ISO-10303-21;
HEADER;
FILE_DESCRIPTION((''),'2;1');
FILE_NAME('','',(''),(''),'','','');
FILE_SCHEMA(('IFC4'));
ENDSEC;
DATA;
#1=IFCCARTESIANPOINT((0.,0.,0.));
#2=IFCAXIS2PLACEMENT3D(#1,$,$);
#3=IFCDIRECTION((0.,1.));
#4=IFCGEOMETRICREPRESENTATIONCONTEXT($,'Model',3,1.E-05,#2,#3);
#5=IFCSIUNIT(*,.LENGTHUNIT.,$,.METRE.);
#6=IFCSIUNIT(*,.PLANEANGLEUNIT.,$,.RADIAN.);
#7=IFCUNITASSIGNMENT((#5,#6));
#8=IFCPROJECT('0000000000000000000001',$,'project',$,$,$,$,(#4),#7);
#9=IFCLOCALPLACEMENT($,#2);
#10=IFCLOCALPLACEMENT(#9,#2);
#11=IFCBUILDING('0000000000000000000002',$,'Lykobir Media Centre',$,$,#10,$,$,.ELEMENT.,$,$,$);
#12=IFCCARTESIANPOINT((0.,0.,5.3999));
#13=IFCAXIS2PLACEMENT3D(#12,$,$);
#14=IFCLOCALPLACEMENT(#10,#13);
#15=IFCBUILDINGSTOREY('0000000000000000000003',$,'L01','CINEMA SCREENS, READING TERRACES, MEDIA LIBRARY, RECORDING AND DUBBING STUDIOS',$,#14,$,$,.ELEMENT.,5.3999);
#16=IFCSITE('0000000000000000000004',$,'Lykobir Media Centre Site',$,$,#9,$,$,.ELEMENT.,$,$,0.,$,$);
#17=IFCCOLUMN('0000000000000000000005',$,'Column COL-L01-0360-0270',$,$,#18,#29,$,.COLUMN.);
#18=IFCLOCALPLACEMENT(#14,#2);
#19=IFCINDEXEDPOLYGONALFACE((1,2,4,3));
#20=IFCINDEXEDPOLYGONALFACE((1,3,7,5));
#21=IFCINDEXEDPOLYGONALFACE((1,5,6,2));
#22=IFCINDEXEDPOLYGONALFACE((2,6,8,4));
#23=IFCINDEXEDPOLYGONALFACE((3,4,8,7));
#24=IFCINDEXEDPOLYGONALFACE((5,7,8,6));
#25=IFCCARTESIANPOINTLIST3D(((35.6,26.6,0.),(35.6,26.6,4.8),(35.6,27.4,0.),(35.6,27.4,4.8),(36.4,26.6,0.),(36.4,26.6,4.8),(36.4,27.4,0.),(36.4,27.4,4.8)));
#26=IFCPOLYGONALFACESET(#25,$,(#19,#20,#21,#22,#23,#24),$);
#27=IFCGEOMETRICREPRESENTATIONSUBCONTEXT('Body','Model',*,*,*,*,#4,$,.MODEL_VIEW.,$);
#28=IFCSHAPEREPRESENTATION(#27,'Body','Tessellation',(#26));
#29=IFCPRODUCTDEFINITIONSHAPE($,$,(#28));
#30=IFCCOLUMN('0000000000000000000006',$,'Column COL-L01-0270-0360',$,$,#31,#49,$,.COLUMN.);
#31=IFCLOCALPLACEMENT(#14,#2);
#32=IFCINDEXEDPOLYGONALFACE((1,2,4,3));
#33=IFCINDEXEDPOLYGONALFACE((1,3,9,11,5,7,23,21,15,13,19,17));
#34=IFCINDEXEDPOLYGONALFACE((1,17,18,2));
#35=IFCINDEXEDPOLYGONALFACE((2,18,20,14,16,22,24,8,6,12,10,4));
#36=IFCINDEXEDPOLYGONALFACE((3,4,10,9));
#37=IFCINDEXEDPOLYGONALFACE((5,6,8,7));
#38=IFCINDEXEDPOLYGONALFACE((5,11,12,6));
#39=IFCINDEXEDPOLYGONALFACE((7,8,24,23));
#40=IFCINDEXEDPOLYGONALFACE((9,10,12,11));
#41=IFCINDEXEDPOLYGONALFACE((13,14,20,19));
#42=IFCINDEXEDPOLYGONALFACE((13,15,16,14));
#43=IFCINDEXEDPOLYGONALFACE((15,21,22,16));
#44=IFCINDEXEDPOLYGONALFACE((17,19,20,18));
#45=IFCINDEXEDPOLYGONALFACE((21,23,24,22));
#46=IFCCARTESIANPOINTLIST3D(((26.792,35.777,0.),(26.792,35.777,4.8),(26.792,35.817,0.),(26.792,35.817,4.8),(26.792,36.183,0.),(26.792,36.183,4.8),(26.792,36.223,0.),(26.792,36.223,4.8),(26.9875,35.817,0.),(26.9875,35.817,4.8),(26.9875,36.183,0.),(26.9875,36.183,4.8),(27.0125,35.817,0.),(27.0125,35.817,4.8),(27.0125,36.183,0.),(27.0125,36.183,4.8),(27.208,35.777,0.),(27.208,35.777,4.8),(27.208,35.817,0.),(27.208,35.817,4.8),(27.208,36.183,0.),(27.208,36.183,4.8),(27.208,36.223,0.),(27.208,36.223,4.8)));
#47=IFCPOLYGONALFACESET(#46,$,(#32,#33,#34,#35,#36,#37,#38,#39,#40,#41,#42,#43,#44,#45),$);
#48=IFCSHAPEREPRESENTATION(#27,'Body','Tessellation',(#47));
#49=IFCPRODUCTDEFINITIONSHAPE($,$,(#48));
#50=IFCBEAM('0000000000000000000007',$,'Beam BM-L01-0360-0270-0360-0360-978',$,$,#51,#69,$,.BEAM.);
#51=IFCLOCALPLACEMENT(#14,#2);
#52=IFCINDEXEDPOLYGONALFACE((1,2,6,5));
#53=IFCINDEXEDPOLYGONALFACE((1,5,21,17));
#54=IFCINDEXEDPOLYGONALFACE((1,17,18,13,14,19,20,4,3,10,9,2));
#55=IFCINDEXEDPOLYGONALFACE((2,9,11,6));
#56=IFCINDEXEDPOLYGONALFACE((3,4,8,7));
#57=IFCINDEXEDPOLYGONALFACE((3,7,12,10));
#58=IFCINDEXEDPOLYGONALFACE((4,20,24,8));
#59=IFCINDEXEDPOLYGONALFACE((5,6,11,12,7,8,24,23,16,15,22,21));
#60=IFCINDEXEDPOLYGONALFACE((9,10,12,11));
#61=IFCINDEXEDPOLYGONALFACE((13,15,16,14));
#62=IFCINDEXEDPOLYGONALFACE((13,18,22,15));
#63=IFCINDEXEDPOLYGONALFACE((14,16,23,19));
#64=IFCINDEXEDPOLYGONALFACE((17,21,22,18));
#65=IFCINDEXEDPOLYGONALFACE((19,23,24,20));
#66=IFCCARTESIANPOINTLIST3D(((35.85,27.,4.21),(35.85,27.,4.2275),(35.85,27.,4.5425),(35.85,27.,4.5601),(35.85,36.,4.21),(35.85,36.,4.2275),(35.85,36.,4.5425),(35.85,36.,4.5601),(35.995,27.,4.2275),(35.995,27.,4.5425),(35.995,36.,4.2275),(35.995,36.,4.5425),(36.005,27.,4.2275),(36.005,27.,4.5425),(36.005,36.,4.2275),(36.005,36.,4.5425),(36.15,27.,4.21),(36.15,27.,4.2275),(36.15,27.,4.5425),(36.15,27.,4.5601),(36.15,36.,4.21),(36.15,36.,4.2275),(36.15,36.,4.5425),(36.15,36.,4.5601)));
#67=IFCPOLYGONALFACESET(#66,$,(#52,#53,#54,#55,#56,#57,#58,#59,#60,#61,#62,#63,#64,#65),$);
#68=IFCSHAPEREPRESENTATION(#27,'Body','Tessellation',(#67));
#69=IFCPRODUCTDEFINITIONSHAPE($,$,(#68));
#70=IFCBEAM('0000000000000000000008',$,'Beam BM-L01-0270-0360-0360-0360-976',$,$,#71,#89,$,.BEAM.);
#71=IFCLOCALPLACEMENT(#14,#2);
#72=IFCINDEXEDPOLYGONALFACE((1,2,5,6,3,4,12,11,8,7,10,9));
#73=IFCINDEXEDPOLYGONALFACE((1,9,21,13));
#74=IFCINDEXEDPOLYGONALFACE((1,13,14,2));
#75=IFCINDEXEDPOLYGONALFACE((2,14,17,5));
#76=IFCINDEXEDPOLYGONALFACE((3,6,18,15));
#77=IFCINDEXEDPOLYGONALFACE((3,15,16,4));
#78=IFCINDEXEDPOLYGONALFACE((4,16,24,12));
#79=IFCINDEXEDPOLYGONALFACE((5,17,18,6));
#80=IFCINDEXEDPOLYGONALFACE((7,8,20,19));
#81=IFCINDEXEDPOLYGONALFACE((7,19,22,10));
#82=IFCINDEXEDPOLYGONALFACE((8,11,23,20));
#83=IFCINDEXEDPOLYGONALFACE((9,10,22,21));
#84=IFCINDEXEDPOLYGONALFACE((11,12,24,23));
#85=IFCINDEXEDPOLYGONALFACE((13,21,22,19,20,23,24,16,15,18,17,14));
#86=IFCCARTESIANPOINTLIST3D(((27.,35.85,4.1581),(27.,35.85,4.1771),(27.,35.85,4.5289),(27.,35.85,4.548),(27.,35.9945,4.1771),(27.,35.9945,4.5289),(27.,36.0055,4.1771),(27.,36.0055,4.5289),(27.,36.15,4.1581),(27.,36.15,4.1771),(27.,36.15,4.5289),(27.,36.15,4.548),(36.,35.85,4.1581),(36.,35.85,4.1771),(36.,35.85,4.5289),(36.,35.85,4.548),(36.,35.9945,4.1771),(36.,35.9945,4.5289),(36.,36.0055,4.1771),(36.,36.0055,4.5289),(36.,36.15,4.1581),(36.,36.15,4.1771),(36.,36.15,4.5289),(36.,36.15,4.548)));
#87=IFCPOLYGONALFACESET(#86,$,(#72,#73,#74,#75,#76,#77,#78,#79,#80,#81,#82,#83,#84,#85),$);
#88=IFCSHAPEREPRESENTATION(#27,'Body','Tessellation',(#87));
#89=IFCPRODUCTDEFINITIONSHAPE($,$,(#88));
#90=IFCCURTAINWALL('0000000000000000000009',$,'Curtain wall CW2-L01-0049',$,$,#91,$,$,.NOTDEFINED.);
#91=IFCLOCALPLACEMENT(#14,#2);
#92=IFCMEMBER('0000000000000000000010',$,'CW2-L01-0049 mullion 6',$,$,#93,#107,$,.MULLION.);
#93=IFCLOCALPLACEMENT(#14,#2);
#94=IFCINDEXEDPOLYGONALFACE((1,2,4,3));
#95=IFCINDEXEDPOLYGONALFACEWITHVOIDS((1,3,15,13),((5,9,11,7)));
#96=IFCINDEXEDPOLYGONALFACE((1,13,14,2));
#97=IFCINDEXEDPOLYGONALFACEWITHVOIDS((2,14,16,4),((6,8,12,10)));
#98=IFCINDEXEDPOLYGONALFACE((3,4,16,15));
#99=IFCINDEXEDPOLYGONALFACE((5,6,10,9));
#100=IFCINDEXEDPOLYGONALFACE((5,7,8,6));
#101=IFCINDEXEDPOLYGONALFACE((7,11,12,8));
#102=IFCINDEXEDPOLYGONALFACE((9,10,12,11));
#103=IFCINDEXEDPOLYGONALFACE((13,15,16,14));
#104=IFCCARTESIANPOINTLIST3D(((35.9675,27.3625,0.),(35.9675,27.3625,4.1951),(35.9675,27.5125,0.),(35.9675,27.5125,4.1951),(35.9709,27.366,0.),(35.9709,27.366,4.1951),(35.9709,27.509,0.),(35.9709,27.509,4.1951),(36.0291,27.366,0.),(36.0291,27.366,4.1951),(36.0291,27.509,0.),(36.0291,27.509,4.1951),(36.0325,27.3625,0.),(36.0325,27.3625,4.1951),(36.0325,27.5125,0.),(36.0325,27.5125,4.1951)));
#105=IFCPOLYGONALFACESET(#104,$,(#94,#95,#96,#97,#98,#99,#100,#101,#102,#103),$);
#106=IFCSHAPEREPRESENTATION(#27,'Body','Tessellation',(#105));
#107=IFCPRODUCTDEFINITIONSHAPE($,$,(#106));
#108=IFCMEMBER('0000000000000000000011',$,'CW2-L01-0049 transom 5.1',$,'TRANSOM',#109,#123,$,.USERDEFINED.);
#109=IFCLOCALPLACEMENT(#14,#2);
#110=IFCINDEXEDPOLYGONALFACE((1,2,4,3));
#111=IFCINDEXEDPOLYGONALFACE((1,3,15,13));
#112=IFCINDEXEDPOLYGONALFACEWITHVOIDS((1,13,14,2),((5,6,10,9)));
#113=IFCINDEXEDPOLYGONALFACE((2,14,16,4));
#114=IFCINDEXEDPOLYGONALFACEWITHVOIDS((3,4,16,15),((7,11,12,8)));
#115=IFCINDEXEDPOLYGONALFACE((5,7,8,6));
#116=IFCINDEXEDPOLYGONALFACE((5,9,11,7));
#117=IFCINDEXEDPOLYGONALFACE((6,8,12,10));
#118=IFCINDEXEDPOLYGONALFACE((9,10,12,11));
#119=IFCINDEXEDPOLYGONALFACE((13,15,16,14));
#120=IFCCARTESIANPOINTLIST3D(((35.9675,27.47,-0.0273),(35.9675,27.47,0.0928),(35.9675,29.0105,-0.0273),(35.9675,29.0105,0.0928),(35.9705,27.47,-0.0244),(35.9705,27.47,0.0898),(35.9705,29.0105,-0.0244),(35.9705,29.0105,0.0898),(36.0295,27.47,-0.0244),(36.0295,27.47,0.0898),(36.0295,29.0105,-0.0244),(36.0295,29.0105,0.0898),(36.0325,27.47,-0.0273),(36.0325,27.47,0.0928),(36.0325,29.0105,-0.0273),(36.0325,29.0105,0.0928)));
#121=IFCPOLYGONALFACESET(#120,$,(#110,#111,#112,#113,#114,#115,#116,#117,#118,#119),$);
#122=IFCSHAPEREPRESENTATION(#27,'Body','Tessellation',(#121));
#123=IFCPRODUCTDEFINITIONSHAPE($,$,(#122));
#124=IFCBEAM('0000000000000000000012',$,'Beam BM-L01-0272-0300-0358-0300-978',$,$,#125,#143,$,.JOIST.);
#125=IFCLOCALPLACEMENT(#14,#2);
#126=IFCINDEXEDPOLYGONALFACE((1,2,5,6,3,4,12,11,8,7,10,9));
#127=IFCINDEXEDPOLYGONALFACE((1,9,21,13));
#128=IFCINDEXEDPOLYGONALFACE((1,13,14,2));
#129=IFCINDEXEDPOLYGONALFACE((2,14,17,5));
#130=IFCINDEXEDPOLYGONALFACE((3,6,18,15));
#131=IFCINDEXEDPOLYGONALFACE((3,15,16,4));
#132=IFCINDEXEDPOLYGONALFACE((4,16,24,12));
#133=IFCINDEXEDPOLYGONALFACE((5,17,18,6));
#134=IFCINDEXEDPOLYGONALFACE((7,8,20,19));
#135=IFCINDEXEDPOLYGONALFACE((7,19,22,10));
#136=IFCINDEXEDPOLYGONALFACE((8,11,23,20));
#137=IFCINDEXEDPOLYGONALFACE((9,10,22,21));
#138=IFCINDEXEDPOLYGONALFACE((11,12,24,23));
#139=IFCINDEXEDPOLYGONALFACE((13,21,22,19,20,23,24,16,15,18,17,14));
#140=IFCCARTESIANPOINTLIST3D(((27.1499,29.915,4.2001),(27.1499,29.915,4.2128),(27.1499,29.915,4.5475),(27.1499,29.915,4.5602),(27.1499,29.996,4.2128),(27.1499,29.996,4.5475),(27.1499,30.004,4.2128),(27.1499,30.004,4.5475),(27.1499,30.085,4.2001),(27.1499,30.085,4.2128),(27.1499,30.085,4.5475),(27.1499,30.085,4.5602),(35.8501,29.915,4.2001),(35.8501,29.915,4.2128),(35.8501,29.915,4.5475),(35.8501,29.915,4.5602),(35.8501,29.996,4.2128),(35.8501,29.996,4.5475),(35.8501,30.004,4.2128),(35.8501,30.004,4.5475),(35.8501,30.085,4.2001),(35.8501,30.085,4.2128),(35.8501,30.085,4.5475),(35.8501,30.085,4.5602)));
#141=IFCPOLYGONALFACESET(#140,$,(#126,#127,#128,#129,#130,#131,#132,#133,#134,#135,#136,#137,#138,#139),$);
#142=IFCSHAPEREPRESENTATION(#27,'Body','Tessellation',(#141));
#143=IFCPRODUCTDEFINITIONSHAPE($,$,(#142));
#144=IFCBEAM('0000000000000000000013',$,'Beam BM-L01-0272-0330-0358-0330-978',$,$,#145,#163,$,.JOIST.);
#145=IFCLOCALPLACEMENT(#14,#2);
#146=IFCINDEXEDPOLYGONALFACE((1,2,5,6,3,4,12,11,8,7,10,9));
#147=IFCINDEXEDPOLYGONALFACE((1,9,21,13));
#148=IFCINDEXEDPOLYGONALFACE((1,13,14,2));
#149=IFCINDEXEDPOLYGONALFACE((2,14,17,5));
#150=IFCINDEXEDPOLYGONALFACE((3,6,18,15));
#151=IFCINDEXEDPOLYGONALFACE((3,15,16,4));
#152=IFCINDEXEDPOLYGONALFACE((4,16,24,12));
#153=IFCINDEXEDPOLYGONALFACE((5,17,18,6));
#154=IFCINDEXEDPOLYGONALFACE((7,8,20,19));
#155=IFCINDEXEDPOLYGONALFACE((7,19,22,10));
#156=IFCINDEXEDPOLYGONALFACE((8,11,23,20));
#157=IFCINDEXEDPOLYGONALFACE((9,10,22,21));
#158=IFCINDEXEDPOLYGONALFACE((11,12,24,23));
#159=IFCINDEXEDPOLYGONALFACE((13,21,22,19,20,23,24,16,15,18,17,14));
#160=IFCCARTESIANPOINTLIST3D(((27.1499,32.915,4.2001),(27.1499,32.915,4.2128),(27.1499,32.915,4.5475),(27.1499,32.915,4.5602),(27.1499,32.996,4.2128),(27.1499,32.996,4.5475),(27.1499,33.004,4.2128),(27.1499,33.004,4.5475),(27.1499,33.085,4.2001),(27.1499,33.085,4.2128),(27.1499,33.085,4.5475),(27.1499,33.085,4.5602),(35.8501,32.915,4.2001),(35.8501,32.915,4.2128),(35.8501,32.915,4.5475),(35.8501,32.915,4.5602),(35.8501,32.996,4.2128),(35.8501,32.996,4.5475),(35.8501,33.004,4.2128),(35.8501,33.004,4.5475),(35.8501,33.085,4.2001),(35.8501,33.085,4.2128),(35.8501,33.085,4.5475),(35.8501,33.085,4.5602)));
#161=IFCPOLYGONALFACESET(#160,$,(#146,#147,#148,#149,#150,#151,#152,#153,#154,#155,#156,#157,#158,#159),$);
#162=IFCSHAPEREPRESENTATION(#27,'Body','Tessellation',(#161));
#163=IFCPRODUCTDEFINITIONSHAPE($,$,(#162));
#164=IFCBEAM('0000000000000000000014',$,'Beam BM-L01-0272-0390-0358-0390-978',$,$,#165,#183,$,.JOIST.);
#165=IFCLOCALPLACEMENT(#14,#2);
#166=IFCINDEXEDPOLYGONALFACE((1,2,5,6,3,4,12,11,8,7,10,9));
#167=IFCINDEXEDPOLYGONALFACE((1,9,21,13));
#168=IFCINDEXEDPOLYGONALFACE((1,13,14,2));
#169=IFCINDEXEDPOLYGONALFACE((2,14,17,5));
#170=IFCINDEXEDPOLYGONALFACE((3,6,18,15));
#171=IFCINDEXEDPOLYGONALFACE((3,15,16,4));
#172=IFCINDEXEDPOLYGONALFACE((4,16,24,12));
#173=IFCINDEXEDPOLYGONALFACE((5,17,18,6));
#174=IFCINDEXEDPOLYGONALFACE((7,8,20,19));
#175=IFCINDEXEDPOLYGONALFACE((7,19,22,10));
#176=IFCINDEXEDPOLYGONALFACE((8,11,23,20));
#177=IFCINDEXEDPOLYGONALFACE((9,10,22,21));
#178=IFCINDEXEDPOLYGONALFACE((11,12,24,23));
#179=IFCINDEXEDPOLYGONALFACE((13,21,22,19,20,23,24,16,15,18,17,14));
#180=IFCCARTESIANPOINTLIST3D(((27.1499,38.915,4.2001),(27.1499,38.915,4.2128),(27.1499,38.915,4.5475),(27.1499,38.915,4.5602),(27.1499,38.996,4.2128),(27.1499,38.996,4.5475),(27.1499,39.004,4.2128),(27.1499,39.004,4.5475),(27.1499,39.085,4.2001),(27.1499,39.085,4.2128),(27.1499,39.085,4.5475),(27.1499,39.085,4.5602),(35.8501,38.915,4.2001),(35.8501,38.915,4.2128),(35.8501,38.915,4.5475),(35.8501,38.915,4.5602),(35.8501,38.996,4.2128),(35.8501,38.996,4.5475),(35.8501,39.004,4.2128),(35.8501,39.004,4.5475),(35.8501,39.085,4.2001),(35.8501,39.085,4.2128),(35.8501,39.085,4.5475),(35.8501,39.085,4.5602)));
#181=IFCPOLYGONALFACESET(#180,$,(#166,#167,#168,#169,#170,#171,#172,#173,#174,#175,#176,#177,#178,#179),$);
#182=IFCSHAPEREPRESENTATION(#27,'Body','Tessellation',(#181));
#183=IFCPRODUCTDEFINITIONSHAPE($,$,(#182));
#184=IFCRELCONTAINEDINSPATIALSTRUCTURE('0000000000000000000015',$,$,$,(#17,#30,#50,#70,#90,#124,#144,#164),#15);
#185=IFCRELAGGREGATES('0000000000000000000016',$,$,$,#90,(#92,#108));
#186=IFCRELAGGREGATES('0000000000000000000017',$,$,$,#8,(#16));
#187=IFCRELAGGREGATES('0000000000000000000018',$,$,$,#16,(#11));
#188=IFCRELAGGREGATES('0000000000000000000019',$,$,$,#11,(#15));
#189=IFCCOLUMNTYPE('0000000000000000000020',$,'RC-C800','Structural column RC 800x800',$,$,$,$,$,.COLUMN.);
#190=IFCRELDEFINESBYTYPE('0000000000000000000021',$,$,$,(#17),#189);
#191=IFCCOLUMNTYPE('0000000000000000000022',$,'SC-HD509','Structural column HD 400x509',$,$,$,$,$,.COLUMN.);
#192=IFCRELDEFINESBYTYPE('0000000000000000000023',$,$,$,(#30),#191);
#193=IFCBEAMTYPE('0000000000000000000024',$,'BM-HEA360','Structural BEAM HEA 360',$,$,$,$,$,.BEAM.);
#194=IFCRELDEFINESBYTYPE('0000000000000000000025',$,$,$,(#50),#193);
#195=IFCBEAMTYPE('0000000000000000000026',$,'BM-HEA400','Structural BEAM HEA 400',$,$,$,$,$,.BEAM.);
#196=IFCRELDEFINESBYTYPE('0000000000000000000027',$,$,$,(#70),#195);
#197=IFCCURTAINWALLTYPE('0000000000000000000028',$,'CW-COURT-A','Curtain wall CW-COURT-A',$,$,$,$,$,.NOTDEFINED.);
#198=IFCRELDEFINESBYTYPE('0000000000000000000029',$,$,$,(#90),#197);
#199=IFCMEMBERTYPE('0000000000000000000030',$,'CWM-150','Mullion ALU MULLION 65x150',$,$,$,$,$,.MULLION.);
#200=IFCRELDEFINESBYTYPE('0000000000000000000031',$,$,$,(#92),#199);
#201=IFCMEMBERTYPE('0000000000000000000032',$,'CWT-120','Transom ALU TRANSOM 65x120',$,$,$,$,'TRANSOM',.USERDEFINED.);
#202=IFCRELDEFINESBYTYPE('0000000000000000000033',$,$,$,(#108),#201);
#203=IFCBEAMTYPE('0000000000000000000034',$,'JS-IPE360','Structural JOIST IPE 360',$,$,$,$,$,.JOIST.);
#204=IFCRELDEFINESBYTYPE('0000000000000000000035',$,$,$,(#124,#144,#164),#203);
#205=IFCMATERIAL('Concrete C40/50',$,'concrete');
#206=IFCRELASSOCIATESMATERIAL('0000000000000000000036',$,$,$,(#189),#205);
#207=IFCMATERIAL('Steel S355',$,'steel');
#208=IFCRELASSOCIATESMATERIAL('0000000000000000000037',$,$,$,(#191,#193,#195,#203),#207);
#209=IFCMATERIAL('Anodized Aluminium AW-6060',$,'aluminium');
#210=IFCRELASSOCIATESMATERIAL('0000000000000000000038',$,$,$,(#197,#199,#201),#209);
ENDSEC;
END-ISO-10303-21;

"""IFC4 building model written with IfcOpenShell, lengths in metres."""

from ifc_helpers import new_model, si_unit, direction, frame, origin, origin_2d, place, context, subcontext, project, spatial, rectangle, hollow_rectangle, i_section, extrude, material, material_profile, profile_set, type_object, element, aggregate, save


model = new_model("IFC4")

# Units and contexts
model_context = context("Model", 3, precision=1e-05, world=origin(), true_north=direction((0.0, 1.0)))
body_context = subcontext(model_context, "Body", "Model", "MODEL_VIEW")
ifc_project = project(units=[si_unit("LENGTHUNIT", "METRE"), si_unit("PLANEANGLEUNIT", "RADIAN")], contexts=[model_context])

# Site, building, storey
site_placement = place(None, origin())
site = spatial("IfcSite", under=ifc_project, at=site_placement, Name="Lykobir Media Centre Site", CompositionType="ELEMENT", RefElevation=0.0)
building_placement = place(site_placement, origin())
building = spatial("IfcBuilding", under=site, at=building_placement, Name="Lykobir Media Centre", CompositionType="ELEMENT")
storey_placement = place(building_placement, frame((0.0, 0.0, 5.3999)))
storey = spatial("IfcBuildingStorey", under=building, at=storey_placement, Name="L01", Description="CINEMA SCREENS, READING TERRACES, MEDIA LIBRARY, RECORDING AND DUBBING STUDIOS", CompositionType="ELEMENT", Elevation=5.3999)

# Columns
ifc_material_1 = material(Name="Concrete C40/50", Category="concrete")
ifc_material_profile_1 = material_profile(ifc_material_1, rectangle(XDim=0.8, YDim=0.8, at=origin_2d()), Name="RC 800x800")
ifc_profile_set_1 = profile_set([ifc_material_profile_1], Name="Concrete C40/50")
column_type_1 = type_object("IfcColumnType", Name="RC-C800", Description="Structural column RC 800x800", PredefinedType="COLUMN", material=ifc_profile_set_1)
column_1_placement = place(storey_placement, frame((36.0, 27.0, 0.0), z_axis=(0.0, 0.0, 1.0), x_axis=(1.0, 0.0, 0.0)))
element("IfcColumn", 1, at=column_1_placement, inside=storey, type_object=column_type_1, Name="Column COL-L01-0360-0270", PredefinedType="COLUMN", context=body_context, shape_type="SweptSolid", body=[
    extrude(rectangle(XDim=0.8, YDim=0.8, at=origin_2d()), origin(), (0.0, 0.0, 1.0), 4.8),
])
ifc_material_2 = material(Name="Steel S355", Category="steel")
ifc_material_profile_2 = material_profile(ifc_material_2, i_section(OverallWidth=0.416, OverallDepth=0.446, WebThickness=0.0249, FlangeThickness=0.04, at=origin_2d()), Name="HD 400x509")
ifc_profile_set_2 = profile_set([ifc_material_profile_2], Name="Steel S355")
column_type_2 = type_object("IfcColumnType", Name="SC-HD509", Description="Structural column HD 400x509", PredefinedType="COLUMN", material=ifc_profile_set_2)
column_2_placement = place(storey_placement, frame((27.0, 36.0, 0.0), z_axis=(0.0, 0.0, 1.0), x_axis=(1.0, 0.0, 0.0)))
element("IfcColumn", 2, at=column_2_placement, inside=storey, type_object=column_type_2, Name="Column COL-L01-0270-0360", PredefinedType="COLUMN", context=body_context, shape_type="SweptSolid", body=[
    extrude(i_section(OverallWidth=0.416, OverallDepth=0.446, WebThickness=0.0249, FlangeThickness=0.04, at=origin_2d()), origin(), (0.0, 0.0, 1.0), 4.8),
])

# Beams
ifc_material_profile_3 = material_profile(ifc_material_2, i_section(OverallWidth=0.3, OverallDepth=0.3501, WebThickness=0.01, FlangeThickness=0.0176, at=origin_2d()), Name="HEA 360")
ifc_profile_set_3 = profile_set([ifc_material_profile_3], Name="Steel S355")
beam_type_1 = type_object("IfcBeamType", Name="BM-HEA360", Description="Structural BEAM HEA 360", PredefinedType="BEAM", material=ifc_profile_set_3)
beam_1_placement = place(storey_placement, frame((36.0, 27.0, 4.385), z_axis=(0.0, 1.0, 0.0), x_axis=(-1.0, 0.0, 0.0)))
element("IfcBeam", 3, at=beam_1_placement, inside=storey, type_object=beam_type_1, Name="Beam BM-L01-0360-0270-0360-0360-978", PredefinedType="BEAM", context=body_context, shape_type="SweptSolid", body=[
    extrude(i_section(OverallWidth=0.3, OverallDepth=0.3501, WebThickness=0.01, FlangeThickness=0.0176, at=origin_2d()), origin(), (0.0, 0.0, 1.0), 9.0),
])
ifc_material_profile_4 = material_profile(ifc_material_2, i_section(OverallWidth=0.3, OverallDepth=0.3899, WebThickness=0.011, FlangeThickness=0.019, at=origin_2d()), Name="HEA 400")
ifc_profile_set_4 = profile_set([ifc_material_profile_4], Name="Steel S355")
beam_type_2 = type_object("IfcBeamType", Name="BM-HEA400", Description="Structural BEAM HEA 400", PredefinedType="BEAM", material=ifc_profile_set_4)
beam_2_placement = place(storey_placement, frame((27.0, 36.0, 4.353), z_axis=(1.0, 0.0, 0.0), x_axis=(0.0, 1.0, 0.0)))
element("IfcBeam", 4, at=beam_2_placement, inside=storey, type_object=beam_type_2, Name="Beam BM-L01-0270-0360-0360-0360-976", PredefinedType="BEAM", context=body_context, shape_type="SweptSolid", body=[
    extrude(i_section(OverallWidth=0.3, OverallDepth=0.3899, WebThickness=0.011, FlangeThickness=0.019, at=origin_2d()), origin(), (0.0, 0.0, 1.0), 9.0),
])

# Curtain wall, members
ifc_material_3 = material(Name="Anodized Aluminium AW-6060", Category="aluminium")
curtain_wall_type = type_object("IfcCurtainWallType", Name="CW-COURT-A", Description="Curtain wall CW-COURT-A", PredefinedType="NOTDEFINED", material=ifc_material_3)
curtain_wall_placement = place(storey_placement, origin())
curtain_wall = element("IfcCurtainWall", 5, at=curtain_wall_placement, inside=storey, type_object=curtain_wall_type, Name="Curtain wall CW2-L01-0049", PredefinedType="NOTDEFINED")
ifc_material_profile_5 = material_profile(ifc_material_3, hollow_rectangle(XDim=0.0649, YDim=0.1499, WallThickness=0.0034, at=origin_2d()), Name="ALU MULLION 65x150")
ifc_profile_set_5 = profile_set([ifc_material_profile_5], Name="Anodized Aluminium AW-6060")
member_type_1 = type_object("IfcMemberType", Name="CWM-150", Description="Mullion ALU MULLION 65x150", PredefinedType="MULLION", material=ifc_profile_set_5)
member_1_placement = place(storey_placement, frame((36.0, 27.4375, 0.0), z_axis=(0.0, 0.0, 1.0), x_axis=(1.0, 0.0, 0.0)))
member_1 = element("IfcMember", 6, at=member_1_placement, type_object=member_type_1, Name="CW2-L01-0049 mullion 6", PredefinedType="MULLION", context=body_context, shape_type="SweptSolid", body=[
    extrude(hollow_rectangle(XDim=0.0649, YDim=0.1499, WallThickness=0.0034, at=origin_2d()), origin(), (0.0, 0.0, 1.0), 4.1951),
])
ifc_material_profile_6 = material_profile(ifc_material_3, hollow_rectangle(XDim=0.0649, YDim=0.1201, WallThickness=0.0029, at=origin_2d()), Name="ALU TRANSOM 65x120")
ifc_profile_set_6 = profile_set([ifc_material_profile_6], Name="Anodized Aluminium AW-6060")
member_type_2 = type_object("IfcMemberType", Name="CWT-120", Description="Transom ALU TRANSOM 65x120", ElementType="TRANSOM", PredefinedType="USERDEFINED", material=ifc_profile_set_6)
member_2_placement = place(storey_placement, frame((36.0, 29.0105, 0.0327), z_axis=(0.0, -1.0, 0.0), x_axis=(1.0, 0.0, 0.0)))
member_2 = element("IfcMember", 7, at=member_2_placement, type_object=member_type_2, Name="CW2-L01-0049 transom 5.1", ObjectType="TRANSOM", PredefinedType="USERDEFINED", context=body_context, shape_type="SweptSolid", body=[
    extrude(hollow_rectangle(XDim=0.0649, YDim=0.1201, WallThickness=0.0029, at=origin_2d()), origin(), (0.0, 0.0, 1.0), 1.5405),
])

# Beams
ifc_material_profile_7 = material_profile(ifc_material_2, i_section(OverallWidth=0.1699, OverallDepth=0.3601, WebThickness=0.0081, FlangeThickness=0.0127, at=origin_2d()), Name="IPE 360")
ifc_profile_set_7 = profile_set([ifc_material_profile_7], Name="Steel S355")
beam_type_3 = type_object("IfcBeamType", Name="JS-IPE360", Description="Structural JOIST IPE 360", PredefinedType="JOIST", material=ifc_profile_set_7)
for number, where, z_axis, x_axis, name in (
    (8, (27.1499, 30.0, 4.3801), (1.0, 0.0, 0.0), (0.0, 1.0, 0.0), "Beam BM-L01-0272-0300-0358-0300-978"),
    (9, (27.1499, 33.0, 4.3801), (1.0, 0.0, 0.0), (0.0, 1.0, 0.0), "Beam BM-L01-0272-0330-0358-0330-978"),
    (10, (27.1499, 39.0, 4.3801), (1.0, 0.0, 0.0), (0.0, 1.0, 0.0), "Beam BM-L01-0272-0390-0358-0390-978"),
):
    element("IfcBeam", number, at=place(storey_placement, frame(where, z_axis=z_axis, x_axis=x_axis)), inside=storey, type_object=beam_type_3, Name=name, PredefinedType="JOIST", context=body_context, shape_type="SweptSolid", body=[
        extrude(i_section(OverallWidth=0.1699, OverallDepth=0.3601, WebThickness=0.0081, FlangeThickness=0.0127, at=origin_2d()), origin(), (0.0, 0.0, 1.0), 8.7002),
    ])

aggregate(curtain_wall, [member_1, member_2])

save(model, "model.ifc")
